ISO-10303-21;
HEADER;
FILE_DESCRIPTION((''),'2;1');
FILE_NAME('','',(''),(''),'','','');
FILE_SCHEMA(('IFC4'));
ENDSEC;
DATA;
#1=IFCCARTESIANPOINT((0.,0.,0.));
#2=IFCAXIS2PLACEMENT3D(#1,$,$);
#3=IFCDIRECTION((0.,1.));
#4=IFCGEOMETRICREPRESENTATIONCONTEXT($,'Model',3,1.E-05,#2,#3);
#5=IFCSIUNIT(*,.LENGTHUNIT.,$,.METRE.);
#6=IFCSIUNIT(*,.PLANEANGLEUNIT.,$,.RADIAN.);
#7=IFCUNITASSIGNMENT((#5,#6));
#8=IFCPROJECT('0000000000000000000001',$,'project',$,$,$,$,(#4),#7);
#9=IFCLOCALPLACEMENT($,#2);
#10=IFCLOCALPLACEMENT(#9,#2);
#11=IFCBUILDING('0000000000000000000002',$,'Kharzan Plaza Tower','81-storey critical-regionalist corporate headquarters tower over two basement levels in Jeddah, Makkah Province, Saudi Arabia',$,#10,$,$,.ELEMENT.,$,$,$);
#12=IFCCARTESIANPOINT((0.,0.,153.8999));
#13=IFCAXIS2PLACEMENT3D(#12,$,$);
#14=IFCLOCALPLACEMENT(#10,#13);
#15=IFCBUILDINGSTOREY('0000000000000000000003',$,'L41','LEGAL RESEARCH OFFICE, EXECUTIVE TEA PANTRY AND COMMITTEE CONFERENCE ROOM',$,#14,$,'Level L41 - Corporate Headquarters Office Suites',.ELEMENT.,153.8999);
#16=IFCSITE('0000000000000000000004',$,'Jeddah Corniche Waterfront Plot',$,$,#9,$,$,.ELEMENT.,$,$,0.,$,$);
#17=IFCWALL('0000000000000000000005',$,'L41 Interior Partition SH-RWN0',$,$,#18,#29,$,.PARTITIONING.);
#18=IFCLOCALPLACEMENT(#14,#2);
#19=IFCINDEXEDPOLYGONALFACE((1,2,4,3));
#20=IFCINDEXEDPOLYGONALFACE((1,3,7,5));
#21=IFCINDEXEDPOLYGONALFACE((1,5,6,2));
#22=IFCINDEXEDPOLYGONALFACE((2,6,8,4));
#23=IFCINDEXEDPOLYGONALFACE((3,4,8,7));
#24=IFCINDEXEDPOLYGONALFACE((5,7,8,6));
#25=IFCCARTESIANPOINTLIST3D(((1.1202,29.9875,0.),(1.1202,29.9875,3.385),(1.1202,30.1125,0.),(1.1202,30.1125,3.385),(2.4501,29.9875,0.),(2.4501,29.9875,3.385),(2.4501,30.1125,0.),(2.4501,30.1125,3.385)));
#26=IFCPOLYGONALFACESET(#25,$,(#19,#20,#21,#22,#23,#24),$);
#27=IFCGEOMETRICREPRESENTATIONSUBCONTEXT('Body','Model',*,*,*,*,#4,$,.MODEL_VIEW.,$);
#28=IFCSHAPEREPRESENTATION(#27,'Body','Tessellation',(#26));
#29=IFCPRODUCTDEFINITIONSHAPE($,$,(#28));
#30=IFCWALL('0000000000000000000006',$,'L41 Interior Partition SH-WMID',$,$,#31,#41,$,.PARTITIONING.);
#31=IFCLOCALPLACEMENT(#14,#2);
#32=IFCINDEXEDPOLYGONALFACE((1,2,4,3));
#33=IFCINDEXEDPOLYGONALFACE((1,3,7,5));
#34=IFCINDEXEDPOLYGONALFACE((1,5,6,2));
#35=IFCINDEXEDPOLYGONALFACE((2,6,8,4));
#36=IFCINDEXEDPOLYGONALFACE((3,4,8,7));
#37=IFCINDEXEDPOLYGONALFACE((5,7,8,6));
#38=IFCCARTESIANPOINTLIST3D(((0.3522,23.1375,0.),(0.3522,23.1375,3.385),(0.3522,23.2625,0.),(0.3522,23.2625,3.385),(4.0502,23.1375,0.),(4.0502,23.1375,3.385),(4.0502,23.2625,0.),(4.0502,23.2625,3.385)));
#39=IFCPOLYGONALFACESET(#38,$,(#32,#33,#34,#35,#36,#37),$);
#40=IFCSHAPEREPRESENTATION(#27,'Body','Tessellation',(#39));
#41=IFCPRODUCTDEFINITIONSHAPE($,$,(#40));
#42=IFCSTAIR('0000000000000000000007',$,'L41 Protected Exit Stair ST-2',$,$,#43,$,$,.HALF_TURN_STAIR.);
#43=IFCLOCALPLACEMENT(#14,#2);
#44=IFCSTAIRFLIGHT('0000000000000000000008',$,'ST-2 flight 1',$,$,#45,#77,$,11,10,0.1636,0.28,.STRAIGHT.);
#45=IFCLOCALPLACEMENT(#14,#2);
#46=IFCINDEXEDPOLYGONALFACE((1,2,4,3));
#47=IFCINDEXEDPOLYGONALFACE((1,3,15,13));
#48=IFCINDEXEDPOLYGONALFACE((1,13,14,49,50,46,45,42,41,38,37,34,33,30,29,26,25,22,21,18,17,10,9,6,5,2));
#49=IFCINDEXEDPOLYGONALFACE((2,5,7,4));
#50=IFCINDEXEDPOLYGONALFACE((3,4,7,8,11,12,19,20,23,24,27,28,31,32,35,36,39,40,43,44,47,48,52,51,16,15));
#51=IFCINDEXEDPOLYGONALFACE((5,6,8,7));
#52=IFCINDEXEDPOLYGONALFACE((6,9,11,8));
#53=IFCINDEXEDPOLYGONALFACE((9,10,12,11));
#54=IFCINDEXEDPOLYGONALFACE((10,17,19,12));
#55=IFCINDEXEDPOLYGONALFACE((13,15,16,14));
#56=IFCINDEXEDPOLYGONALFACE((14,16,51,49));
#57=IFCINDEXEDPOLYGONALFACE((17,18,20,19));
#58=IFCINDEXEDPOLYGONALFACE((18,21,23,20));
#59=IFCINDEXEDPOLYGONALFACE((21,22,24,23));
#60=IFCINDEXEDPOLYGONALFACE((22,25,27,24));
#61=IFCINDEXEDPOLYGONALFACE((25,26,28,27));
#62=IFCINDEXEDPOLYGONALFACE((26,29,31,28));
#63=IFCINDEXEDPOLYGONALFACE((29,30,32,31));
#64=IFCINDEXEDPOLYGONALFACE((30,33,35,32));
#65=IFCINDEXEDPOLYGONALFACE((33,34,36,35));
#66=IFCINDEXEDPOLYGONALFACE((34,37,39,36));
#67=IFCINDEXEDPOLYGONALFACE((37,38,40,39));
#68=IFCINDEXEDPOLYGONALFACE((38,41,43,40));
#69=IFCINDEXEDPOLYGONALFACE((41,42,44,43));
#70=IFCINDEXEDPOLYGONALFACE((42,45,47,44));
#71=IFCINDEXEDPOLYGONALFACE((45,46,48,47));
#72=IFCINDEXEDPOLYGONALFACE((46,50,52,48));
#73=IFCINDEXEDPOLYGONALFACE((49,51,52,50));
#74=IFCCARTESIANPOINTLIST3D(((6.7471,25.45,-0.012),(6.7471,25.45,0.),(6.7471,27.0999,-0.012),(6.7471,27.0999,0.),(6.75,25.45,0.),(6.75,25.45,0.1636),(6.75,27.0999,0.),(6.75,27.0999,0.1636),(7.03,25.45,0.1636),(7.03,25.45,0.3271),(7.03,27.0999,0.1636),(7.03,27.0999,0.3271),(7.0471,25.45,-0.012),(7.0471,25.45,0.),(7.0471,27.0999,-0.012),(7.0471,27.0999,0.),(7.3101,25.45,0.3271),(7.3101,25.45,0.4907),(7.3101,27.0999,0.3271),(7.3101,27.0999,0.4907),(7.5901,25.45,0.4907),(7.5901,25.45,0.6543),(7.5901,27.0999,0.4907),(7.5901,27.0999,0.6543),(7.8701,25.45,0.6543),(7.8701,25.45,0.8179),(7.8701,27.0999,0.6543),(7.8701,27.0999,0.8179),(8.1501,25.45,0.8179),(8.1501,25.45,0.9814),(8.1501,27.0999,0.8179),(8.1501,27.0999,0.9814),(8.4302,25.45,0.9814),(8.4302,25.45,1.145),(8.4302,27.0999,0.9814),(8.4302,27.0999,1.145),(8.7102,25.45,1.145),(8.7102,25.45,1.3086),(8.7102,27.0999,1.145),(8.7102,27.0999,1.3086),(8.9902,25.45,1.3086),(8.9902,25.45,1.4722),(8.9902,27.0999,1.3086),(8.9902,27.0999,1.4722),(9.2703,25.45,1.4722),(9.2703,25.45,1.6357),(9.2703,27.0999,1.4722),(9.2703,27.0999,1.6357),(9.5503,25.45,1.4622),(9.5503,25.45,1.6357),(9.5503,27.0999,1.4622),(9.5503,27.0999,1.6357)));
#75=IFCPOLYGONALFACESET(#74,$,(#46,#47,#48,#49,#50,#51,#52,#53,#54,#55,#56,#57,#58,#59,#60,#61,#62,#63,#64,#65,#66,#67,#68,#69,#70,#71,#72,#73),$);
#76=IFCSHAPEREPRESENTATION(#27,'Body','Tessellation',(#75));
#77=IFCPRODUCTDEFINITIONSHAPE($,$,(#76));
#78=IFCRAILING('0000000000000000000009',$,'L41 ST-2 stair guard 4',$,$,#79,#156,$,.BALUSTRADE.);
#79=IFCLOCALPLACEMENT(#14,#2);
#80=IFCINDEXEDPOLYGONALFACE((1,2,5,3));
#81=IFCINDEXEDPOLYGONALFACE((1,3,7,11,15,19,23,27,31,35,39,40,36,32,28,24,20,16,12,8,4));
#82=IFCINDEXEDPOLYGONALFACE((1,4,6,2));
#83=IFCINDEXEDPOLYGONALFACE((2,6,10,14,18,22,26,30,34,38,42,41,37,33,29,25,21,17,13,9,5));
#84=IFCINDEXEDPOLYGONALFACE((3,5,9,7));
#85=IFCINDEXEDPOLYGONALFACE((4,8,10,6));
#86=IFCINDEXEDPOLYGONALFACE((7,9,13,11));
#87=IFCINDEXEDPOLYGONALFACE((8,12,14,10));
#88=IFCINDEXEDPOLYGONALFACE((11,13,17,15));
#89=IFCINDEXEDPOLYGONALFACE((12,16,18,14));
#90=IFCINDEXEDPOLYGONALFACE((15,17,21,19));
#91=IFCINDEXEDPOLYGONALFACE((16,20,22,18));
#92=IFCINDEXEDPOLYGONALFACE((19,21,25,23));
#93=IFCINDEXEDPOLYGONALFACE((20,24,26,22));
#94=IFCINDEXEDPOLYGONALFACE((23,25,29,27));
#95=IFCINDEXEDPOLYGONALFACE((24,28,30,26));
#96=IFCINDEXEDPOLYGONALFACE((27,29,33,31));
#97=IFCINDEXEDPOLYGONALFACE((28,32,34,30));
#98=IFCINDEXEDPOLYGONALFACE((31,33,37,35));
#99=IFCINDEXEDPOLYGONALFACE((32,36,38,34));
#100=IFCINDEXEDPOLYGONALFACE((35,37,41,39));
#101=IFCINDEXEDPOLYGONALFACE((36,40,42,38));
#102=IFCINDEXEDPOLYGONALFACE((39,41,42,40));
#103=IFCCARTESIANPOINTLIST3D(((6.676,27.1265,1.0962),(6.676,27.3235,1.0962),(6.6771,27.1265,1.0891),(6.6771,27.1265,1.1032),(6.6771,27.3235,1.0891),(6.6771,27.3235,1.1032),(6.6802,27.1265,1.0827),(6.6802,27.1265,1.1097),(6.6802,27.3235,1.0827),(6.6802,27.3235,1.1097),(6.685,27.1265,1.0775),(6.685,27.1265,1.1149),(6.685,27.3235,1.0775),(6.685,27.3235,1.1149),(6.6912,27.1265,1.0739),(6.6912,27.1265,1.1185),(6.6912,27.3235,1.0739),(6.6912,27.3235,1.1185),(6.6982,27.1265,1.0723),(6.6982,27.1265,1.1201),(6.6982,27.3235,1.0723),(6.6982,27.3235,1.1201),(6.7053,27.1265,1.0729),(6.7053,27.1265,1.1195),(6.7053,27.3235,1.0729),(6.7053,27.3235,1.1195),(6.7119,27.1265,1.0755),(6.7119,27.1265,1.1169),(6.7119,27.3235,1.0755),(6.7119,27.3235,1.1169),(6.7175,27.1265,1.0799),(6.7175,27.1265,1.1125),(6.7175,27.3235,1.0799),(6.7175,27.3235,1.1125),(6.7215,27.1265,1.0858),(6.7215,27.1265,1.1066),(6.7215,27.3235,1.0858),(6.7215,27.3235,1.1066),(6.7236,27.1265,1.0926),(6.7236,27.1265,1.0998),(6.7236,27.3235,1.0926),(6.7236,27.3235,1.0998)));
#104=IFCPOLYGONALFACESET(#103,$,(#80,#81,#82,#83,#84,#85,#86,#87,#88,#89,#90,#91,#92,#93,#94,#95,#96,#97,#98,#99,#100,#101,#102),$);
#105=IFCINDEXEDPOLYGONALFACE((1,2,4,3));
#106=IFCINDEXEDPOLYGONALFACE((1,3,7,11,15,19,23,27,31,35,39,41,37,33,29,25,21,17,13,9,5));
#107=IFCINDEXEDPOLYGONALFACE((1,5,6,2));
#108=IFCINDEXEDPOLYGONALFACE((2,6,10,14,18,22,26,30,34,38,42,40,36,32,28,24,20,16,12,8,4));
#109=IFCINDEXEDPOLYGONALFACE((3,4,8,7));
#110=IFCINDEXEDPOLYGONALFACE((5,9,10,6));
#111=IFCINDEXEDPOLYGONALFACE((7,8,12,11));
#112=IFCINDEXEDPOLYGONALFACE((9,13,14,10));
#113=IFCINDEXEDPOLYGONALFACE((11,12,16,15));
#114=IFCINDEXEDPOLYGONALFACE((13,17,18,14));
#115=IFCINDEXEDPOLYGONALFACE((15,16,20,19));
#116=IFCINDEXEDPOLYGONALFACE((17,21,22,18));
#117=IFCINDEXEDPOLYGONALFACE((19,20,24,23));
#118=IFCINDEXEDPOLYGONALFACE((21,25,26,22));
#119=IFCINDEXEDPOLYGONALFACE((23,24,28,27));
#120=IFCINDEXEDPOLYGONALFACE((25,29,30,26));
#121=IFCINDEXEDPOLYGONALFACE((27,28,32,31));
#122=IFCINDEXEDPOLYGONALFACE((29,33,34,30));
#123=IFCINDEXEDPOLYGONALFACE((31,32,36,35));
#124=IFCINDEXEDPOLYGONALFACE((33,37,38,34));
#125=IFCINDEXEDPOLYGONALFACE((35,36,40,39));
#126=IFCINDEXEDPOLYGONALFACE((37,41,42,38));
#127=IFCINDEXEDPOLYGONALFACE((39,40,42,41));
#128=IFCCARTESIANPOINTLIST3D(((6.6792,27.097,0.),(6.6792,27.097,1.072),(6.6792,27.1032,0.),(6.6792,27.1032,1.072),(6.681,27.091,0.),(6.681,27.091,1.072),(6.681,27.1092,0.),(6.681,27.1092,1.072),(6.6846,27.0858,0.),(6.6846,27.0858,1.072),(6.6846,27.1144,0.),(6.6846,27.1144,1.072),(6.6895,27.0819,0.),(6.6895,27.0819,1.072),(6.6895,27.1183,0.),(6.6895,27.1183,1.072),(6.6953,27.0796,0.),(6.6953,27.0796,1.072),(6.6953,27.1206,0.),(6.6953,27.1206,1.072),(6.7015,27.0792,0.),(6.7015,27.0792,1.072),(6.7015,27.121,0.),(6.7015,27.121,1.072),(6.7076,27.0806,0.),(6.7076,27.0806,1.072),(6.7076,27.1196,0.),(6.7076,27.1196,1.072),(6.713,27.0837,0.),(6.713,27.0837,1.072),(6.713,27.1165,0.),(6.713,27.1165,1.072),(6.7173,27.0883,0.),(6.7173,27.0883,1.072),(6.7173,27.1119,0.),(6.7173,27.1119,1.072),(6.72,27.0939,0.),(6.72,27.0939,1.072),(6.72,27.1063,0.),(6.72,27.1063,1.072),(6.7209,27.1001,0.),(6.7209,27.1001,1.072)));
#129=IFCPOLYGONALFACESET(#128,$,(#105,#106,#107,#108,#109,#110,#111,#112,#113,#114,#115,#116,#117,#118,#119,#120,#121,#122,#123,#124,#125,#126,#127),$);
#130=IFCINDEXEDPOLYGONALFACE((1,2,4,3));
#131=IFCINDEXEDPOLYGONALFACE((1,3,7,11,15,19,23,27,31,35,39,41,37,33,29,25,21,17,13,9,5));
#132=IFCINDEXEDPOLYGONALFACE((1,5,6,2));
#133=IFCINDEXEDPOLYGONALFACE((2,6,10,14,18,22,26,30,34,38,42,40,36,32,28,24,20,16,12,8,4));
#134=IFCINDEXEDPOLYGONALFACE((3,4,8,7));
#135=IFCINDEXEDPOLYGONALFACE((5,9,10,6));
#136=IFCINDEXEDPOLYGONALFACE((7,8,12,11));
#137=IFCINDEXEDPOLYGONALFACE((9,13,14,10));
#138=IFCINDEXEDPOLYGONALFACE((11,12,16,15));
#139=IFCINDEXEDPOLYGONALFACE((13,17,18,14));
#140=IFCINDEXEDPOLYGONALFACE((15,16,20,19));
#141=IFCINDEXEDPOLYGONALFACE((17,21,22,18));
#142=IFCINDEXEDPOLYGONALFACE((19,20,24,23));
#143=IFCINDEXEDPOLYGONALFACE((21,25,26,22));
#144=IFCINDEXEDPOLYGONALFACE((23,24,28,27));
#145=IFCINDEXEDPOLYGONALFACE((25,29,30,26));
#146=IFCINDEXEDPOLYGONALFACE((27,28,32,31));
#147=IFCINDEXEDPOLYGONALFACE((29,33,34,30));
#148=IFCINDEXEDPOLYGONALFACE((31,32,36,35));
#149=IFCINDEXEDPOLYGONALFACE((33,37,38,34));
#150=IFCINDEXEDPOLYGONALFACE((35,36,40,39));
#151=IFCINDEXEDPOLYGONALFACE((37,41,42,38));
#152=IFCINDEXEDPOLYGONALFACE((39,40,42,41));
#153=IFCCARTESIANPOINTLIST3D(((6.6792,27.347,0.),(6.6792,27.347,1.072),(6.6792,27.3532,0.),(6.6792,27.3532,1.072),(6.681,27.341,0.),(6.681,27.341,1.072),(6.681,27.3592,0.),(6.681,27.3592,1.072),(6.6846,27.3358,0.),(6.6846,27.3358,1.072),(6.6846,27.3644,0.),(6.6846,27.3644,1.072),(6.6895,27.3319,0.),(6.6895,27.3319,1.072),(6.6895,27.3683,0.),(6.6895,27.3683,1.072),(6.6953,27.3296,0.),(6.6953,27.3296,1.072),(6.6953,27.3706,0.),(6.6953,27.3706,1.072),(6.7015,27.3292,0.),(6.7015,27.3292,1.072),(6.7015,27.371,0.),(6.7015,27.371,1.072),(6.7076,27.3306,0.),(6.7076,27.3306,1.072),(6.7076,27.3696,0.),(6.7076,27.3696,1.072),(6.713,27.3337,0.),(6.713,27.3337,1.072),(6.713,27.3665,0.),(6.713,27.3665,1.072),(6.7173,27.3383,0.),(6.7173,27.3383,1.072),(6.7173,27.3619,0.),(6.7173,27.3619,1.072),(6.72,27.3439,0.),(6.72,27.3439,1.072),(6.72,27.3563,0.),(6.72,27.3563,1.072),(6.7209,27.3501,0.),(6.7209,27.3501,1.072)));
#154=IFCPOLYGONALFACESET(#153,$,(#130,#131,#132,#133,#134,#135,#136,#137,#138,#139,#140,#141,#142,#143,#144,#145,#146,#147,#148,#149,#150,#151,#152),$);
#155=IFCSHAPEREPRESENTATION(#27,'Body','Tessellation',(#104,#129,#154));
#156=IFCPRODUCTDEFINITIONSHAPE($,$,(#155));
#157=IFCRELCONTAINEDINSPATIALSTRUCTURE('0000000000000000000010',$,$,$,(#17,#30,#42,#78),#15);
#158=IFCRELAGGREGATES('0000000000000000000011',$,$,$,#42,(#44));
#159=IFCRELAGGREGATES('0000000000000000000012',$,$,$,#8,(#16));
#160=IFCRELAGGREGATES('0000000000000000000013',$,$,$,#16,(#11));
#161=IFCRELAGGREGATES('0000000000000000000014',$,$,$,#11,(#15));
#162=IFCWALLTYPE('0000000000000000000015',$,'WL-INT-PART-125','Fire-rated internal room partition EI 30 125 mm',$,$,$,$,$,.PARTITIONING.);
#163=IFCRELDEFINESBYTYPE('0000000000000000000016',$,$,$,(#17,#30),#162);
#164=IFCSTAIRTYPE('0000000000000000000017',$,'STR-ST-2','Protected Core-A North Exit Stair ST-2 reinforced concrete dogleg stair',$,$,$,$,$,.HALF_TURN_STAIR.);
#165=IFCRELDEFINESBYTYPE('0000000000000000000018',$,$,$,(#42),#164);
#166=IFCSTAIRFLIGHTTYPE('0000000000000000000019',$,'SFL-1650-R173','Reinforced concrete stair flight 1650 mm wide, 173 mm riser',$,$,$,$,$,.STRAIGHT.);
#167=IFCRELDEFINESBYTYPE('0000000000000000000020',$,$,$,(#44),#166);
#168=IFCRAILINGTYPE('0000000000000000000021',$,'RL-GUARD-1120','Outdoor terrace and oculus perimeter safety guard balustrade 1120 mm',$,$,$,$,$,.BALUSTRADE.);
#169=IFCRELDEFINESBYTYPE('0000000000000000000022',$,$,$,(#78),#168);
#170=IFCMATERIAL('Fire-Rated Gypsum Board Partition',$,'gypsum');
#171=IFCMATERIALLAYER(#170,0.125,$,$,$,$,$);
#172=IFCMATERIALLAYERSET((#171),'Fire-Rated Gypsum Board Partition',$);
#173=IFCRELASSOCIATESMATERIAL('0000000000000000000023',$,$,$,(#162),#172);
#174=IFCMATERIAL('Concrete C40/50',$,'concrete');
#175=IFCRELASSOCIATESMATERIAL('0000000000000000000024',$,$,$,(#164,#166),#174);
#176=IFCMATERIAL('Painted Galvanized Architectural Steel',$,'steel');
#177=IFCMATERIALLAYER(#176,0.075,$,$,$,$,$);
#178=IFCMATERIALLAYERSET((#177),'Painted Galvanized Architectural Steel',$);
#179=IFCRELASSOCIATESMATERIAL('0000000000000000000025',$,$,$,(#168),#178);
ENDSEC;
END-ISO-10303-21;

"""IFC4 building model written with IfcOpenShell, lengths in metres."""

from ifc_helpers import new_model, si_unit, direction, frame, frame_2d, origin, origin_2d, place, context, subcontext, project, spatial, polyline, rectangle, circle, outline, extrude, source, transform, mapped, material, layer, layer_set, type_object, element, aggregate, save


model = new_model("IFC4")

# Units and contexts
model_context = context("Model", 3, precision=1e-05, world=origin(), true_north=direction((0.0, 1.0)))
body_context = subcontext(model_context, "Body", "Model", "MODEL_VIEW")
ifc_project = project(units=[si_unit("LENGTHUNIT", "METRE"), si_unit("PLANEANGLEUNIT", "RADIAN")], contexts=[model_context])

# Site, building, storey
site_placement = place(None, origin())
site = spatial("IfcSite", under=ifc_project, at=site_placement, Name="Jeddah Corniche Waterfront Plot", CompositionType="ELEMENT", RefElevation=0.0)
building_placement = place(site_placement, origin())
building = spatial("IfcBuilding", under=site, at=building_placement, Name="Kharzan Plaza Tower", Description="81-storey critical-regionalist corporate headquarters tower over two basement levels in Jeddah, Makkah Province, Saudi Arabia", CompositionType="ELEMENT")
storey_placement = place(building_placement, frame((0.0, 0.0, 153.8999)))
storey = spatial("IfcBuildingStorey", under=building, at=storey_placement, Name="L41", Description="LEGAL RESEARCH OFFICE, EXECUTIVE TEA PANTRY AND COMMITTEE CONFERENCE ROOM", LongName="Level L41 - Corporate Headquarters Office Suites", CompositionType="ELEMENT", Elevation=153.8999)

# Shared definitions
ifc_material_1 = material(Name="Concrete C40/50", Category="concrete")

# Walls
ifc_material_2 = material(Name="Fire-Rated Gypsum Board Partition", Category="gypsum")
ifc_layer_1 = layer(ifc_material_2, 0.125)
ifc_layer_set_1 = layer_set([ifc_layer_1], Name="Fire-Rated Gypsum Board Partition")
wall_type_1 = type_object("IfcWallType", Name="WL-INT-PART-125", Description="Fire-rated internal room partition EI 30 125 mm", PredefinedType="PARTITIONING", material=ifc_layer_set_1)
shared_shape_1 = source(origin(), body_context, "Body", "SweptSolid", [
    extrude(rectangle(XDim=1.3298, YDim=0.125, at=frame_2d((0.665, 0.0))), origin(), (0.0, 0.0, 1.0), 3.385),
])
wall_1_placement = place(storey_placement, frame((1.1201, 30.05, 0.0), z_axis=(0.0, 0.0, 1.0), x_axis=(1.0, 0.0, 0.0)))
element("IfcWall", 1, at=wall_1_placement, inside=storey, type_object=wall_type_1, Name="L41 Interior Partition SH-RWN0", PredefinedType="PARTITIONING", context=body_context, shape_type="MappedRepresentation", body=[
    mapped(shared_shape_1, transform((0.0, 0.0, 0.0), x_axis=(1.0, 0.0, 0.0), y_axis=(0.0, 1.0, 0.0), z_axis=(0.0, 0.0, 1.0))),
])
shared_shape_2 = source(origin(), body_context, "Body", "SweptSolid", [
    extrude(rectangle(XDim=3.698, YDim=0.125, at=frame_2d((1.8491, 0.0))), origin(), (0.0, 0.0, 1.0), 3.385),
])
wall_2_placement = place(storey_placement, frame((0.3521, 23.2, 0.0), z_axis=(0.0, 0.0, 1.0), x_axis=(1.0, 0.0, 0.0)))
element("IfcWall", 2, at=wall_2_placement, inside=storey, type_object=wall_type_1, Name="L41 Interior Partition SH-WMID", PredefinedType="PARTITIONING", context=body_context, shape_type="MappedRepresentation", body=[
    mapped(shared_shape_2, transform((0.0, 0.0, 0.0), x_axis=(1.0, 0.0, 0.0), y_axis=(0.0, 1.0, 0.0), z_axis=(0.0, 0.0, 1.0))),
])

# Stair, stair flight
stair_type = type_object("IfcStairType", Name="STR-ST-2", Description="Protected Core-A North Exit Stair ST-2 reinforced concrete dogleg stair", PredefinedType="HALF_TURN_STAIR", material=ifc_material_1)
stair_placement = place(storey_placement, origin())
stair = element("IfcStair", 3, at=stair_placement, inside=storey, type_object=stair_type, Name="L41 Protected Exit Stair ST-2", PredefinedType="HALF_TURN_STAIR")
stair_flight_type = type_object("IfcStairFlightType", Name="SFL-1650-R173", Description="Reinforced concrete stair flight 1650 mm wide, 173 mm riser", PredefinedType="STRAIGHT", material=ifc_material_1)
shared_shape_3 = source(origin(), body_context, "Body", "SweptSolid", [
    extrude(outline(polyline([(-0.0029, -0.012), (-0.0029, 0.0), (0.0, 0.0), (0.0, 0.1636), (0.28, 0.1636), (0.28, 0.3271), (0.5601, 0.3271), (0.5601, 0.4907), (0.8401, 0.4907), (0.8401, 0.6543), (1.1201, 0.6543), (1.1201, 0.8179), (1.4001, 0.8179), (1.4001, 0.9814), (1.6802, 0.9814), (1.6802, 1.145), (1.9602, 1.145), (1.9602, 1.3086), (2.2402, 1.3086), (2.2402, 1.4722), (2.5203, 1.4722), (2.5203, 1.6357), (2.8003, 1.6357), (2.8003, 1.7993), (2.8003, 1.4622), (0.2971, 0.0), (0.2971, -0.012), (-0.0029, -0.012)])), frame((0.0, 0.825, 0.0), z_axis=(0.0, -1.0, 0.0), x_axis=(1.0, 0.0, 0.0)), (0.0, 0.0, 1.0), 1.6499),
])
stair_flight_placement = place(storey_placement, frame((6.75, 26.2749, 0.0), z_axis=(0.0, 0.0, 1.0), x_axis=(1.0, 0.0, 0.0)))
stair_flight = element("IfcStairFlight", 4, at=stair_flight_placement, type_object=stair_flight_type, Name="ST-2 flight 1", NumberOfRisers=11, NumberOfTreads=10, PredefinedType="STRAIGHT", RiserHeight=0.1636, TreadLength=0.28, context=body_context, shape_type="MappedRepresentation", body=[
    mapped(shared_shape_3, transform((0.0, 0.0, 0.0), x_axis=(1.0, 0.0, 0.0), y_axis=(0.0, 1.0, 0.0), z_axis=(0.0, 0.0, 1.0))),
])
aggregate(stair, [stair_flight])

# Railing
ifc_material_3 = material(Name="Painted Galvanized Architectural Steel", Category="steel")
ifc_layer_2 = layer(ifc_material_3, 0.075)
ifc_layer_set_2 = layer_set([ifc_layer_2], Name="Painted Galvanized Architectural Steel")
railing_type_1 = type_object("IfcRailingType", Name="RL-GUARD-1120", Description="Outdoor terrace and oculus perimeter safety guard balustrade 1120 mm", PredefinedType="BALUSTRADE", material=ifc_layer_set_2)
shared_shape_4 = source(origin(), body_context, "Body", "SweptSolid", [
    extrude(circle(Radius=0.0239, at=origin_2d()), frame((0.0, 0.0264, 1.0962), z_axis=(0.0, 1.0, 0.0), x_axis=(-1.0, 0.0, 0.0)), (0.0, 0.0, 1.0), 0.197),
    extrude(circle(Radius=0.021, at=origin_2d()), origin(), (0.0, 0.0, 1.0), 1.072),
    extrude(circle(Radius=0.021, at=origin_2d()), frame((0.0, 0.25, 0.0)), (0.0, 0.0, 1.0), 1.072),
])
railing_1_placement = place(storey_placement, frame((6.7, 27.1001, 0.0)))
element("IfcRailing", 5, at=railing_1_placement, inside=storey, type_object=railing_type_1, Name="L41 ST-2 stair guard 4", PredefinedType="BALUSTRADE", context=body_context, shape_type="MappedRepresentation", body=[
    mapped(shared_shape_4, transform((0.0, 0.0, 0.0), x_axis=(1.0, 0.0, 0.0), y_axis=(0.0, 1.0, 0.0), z_axis=(0.0, 0.0, 1.0))),
])

save(model, "model.ifc")
